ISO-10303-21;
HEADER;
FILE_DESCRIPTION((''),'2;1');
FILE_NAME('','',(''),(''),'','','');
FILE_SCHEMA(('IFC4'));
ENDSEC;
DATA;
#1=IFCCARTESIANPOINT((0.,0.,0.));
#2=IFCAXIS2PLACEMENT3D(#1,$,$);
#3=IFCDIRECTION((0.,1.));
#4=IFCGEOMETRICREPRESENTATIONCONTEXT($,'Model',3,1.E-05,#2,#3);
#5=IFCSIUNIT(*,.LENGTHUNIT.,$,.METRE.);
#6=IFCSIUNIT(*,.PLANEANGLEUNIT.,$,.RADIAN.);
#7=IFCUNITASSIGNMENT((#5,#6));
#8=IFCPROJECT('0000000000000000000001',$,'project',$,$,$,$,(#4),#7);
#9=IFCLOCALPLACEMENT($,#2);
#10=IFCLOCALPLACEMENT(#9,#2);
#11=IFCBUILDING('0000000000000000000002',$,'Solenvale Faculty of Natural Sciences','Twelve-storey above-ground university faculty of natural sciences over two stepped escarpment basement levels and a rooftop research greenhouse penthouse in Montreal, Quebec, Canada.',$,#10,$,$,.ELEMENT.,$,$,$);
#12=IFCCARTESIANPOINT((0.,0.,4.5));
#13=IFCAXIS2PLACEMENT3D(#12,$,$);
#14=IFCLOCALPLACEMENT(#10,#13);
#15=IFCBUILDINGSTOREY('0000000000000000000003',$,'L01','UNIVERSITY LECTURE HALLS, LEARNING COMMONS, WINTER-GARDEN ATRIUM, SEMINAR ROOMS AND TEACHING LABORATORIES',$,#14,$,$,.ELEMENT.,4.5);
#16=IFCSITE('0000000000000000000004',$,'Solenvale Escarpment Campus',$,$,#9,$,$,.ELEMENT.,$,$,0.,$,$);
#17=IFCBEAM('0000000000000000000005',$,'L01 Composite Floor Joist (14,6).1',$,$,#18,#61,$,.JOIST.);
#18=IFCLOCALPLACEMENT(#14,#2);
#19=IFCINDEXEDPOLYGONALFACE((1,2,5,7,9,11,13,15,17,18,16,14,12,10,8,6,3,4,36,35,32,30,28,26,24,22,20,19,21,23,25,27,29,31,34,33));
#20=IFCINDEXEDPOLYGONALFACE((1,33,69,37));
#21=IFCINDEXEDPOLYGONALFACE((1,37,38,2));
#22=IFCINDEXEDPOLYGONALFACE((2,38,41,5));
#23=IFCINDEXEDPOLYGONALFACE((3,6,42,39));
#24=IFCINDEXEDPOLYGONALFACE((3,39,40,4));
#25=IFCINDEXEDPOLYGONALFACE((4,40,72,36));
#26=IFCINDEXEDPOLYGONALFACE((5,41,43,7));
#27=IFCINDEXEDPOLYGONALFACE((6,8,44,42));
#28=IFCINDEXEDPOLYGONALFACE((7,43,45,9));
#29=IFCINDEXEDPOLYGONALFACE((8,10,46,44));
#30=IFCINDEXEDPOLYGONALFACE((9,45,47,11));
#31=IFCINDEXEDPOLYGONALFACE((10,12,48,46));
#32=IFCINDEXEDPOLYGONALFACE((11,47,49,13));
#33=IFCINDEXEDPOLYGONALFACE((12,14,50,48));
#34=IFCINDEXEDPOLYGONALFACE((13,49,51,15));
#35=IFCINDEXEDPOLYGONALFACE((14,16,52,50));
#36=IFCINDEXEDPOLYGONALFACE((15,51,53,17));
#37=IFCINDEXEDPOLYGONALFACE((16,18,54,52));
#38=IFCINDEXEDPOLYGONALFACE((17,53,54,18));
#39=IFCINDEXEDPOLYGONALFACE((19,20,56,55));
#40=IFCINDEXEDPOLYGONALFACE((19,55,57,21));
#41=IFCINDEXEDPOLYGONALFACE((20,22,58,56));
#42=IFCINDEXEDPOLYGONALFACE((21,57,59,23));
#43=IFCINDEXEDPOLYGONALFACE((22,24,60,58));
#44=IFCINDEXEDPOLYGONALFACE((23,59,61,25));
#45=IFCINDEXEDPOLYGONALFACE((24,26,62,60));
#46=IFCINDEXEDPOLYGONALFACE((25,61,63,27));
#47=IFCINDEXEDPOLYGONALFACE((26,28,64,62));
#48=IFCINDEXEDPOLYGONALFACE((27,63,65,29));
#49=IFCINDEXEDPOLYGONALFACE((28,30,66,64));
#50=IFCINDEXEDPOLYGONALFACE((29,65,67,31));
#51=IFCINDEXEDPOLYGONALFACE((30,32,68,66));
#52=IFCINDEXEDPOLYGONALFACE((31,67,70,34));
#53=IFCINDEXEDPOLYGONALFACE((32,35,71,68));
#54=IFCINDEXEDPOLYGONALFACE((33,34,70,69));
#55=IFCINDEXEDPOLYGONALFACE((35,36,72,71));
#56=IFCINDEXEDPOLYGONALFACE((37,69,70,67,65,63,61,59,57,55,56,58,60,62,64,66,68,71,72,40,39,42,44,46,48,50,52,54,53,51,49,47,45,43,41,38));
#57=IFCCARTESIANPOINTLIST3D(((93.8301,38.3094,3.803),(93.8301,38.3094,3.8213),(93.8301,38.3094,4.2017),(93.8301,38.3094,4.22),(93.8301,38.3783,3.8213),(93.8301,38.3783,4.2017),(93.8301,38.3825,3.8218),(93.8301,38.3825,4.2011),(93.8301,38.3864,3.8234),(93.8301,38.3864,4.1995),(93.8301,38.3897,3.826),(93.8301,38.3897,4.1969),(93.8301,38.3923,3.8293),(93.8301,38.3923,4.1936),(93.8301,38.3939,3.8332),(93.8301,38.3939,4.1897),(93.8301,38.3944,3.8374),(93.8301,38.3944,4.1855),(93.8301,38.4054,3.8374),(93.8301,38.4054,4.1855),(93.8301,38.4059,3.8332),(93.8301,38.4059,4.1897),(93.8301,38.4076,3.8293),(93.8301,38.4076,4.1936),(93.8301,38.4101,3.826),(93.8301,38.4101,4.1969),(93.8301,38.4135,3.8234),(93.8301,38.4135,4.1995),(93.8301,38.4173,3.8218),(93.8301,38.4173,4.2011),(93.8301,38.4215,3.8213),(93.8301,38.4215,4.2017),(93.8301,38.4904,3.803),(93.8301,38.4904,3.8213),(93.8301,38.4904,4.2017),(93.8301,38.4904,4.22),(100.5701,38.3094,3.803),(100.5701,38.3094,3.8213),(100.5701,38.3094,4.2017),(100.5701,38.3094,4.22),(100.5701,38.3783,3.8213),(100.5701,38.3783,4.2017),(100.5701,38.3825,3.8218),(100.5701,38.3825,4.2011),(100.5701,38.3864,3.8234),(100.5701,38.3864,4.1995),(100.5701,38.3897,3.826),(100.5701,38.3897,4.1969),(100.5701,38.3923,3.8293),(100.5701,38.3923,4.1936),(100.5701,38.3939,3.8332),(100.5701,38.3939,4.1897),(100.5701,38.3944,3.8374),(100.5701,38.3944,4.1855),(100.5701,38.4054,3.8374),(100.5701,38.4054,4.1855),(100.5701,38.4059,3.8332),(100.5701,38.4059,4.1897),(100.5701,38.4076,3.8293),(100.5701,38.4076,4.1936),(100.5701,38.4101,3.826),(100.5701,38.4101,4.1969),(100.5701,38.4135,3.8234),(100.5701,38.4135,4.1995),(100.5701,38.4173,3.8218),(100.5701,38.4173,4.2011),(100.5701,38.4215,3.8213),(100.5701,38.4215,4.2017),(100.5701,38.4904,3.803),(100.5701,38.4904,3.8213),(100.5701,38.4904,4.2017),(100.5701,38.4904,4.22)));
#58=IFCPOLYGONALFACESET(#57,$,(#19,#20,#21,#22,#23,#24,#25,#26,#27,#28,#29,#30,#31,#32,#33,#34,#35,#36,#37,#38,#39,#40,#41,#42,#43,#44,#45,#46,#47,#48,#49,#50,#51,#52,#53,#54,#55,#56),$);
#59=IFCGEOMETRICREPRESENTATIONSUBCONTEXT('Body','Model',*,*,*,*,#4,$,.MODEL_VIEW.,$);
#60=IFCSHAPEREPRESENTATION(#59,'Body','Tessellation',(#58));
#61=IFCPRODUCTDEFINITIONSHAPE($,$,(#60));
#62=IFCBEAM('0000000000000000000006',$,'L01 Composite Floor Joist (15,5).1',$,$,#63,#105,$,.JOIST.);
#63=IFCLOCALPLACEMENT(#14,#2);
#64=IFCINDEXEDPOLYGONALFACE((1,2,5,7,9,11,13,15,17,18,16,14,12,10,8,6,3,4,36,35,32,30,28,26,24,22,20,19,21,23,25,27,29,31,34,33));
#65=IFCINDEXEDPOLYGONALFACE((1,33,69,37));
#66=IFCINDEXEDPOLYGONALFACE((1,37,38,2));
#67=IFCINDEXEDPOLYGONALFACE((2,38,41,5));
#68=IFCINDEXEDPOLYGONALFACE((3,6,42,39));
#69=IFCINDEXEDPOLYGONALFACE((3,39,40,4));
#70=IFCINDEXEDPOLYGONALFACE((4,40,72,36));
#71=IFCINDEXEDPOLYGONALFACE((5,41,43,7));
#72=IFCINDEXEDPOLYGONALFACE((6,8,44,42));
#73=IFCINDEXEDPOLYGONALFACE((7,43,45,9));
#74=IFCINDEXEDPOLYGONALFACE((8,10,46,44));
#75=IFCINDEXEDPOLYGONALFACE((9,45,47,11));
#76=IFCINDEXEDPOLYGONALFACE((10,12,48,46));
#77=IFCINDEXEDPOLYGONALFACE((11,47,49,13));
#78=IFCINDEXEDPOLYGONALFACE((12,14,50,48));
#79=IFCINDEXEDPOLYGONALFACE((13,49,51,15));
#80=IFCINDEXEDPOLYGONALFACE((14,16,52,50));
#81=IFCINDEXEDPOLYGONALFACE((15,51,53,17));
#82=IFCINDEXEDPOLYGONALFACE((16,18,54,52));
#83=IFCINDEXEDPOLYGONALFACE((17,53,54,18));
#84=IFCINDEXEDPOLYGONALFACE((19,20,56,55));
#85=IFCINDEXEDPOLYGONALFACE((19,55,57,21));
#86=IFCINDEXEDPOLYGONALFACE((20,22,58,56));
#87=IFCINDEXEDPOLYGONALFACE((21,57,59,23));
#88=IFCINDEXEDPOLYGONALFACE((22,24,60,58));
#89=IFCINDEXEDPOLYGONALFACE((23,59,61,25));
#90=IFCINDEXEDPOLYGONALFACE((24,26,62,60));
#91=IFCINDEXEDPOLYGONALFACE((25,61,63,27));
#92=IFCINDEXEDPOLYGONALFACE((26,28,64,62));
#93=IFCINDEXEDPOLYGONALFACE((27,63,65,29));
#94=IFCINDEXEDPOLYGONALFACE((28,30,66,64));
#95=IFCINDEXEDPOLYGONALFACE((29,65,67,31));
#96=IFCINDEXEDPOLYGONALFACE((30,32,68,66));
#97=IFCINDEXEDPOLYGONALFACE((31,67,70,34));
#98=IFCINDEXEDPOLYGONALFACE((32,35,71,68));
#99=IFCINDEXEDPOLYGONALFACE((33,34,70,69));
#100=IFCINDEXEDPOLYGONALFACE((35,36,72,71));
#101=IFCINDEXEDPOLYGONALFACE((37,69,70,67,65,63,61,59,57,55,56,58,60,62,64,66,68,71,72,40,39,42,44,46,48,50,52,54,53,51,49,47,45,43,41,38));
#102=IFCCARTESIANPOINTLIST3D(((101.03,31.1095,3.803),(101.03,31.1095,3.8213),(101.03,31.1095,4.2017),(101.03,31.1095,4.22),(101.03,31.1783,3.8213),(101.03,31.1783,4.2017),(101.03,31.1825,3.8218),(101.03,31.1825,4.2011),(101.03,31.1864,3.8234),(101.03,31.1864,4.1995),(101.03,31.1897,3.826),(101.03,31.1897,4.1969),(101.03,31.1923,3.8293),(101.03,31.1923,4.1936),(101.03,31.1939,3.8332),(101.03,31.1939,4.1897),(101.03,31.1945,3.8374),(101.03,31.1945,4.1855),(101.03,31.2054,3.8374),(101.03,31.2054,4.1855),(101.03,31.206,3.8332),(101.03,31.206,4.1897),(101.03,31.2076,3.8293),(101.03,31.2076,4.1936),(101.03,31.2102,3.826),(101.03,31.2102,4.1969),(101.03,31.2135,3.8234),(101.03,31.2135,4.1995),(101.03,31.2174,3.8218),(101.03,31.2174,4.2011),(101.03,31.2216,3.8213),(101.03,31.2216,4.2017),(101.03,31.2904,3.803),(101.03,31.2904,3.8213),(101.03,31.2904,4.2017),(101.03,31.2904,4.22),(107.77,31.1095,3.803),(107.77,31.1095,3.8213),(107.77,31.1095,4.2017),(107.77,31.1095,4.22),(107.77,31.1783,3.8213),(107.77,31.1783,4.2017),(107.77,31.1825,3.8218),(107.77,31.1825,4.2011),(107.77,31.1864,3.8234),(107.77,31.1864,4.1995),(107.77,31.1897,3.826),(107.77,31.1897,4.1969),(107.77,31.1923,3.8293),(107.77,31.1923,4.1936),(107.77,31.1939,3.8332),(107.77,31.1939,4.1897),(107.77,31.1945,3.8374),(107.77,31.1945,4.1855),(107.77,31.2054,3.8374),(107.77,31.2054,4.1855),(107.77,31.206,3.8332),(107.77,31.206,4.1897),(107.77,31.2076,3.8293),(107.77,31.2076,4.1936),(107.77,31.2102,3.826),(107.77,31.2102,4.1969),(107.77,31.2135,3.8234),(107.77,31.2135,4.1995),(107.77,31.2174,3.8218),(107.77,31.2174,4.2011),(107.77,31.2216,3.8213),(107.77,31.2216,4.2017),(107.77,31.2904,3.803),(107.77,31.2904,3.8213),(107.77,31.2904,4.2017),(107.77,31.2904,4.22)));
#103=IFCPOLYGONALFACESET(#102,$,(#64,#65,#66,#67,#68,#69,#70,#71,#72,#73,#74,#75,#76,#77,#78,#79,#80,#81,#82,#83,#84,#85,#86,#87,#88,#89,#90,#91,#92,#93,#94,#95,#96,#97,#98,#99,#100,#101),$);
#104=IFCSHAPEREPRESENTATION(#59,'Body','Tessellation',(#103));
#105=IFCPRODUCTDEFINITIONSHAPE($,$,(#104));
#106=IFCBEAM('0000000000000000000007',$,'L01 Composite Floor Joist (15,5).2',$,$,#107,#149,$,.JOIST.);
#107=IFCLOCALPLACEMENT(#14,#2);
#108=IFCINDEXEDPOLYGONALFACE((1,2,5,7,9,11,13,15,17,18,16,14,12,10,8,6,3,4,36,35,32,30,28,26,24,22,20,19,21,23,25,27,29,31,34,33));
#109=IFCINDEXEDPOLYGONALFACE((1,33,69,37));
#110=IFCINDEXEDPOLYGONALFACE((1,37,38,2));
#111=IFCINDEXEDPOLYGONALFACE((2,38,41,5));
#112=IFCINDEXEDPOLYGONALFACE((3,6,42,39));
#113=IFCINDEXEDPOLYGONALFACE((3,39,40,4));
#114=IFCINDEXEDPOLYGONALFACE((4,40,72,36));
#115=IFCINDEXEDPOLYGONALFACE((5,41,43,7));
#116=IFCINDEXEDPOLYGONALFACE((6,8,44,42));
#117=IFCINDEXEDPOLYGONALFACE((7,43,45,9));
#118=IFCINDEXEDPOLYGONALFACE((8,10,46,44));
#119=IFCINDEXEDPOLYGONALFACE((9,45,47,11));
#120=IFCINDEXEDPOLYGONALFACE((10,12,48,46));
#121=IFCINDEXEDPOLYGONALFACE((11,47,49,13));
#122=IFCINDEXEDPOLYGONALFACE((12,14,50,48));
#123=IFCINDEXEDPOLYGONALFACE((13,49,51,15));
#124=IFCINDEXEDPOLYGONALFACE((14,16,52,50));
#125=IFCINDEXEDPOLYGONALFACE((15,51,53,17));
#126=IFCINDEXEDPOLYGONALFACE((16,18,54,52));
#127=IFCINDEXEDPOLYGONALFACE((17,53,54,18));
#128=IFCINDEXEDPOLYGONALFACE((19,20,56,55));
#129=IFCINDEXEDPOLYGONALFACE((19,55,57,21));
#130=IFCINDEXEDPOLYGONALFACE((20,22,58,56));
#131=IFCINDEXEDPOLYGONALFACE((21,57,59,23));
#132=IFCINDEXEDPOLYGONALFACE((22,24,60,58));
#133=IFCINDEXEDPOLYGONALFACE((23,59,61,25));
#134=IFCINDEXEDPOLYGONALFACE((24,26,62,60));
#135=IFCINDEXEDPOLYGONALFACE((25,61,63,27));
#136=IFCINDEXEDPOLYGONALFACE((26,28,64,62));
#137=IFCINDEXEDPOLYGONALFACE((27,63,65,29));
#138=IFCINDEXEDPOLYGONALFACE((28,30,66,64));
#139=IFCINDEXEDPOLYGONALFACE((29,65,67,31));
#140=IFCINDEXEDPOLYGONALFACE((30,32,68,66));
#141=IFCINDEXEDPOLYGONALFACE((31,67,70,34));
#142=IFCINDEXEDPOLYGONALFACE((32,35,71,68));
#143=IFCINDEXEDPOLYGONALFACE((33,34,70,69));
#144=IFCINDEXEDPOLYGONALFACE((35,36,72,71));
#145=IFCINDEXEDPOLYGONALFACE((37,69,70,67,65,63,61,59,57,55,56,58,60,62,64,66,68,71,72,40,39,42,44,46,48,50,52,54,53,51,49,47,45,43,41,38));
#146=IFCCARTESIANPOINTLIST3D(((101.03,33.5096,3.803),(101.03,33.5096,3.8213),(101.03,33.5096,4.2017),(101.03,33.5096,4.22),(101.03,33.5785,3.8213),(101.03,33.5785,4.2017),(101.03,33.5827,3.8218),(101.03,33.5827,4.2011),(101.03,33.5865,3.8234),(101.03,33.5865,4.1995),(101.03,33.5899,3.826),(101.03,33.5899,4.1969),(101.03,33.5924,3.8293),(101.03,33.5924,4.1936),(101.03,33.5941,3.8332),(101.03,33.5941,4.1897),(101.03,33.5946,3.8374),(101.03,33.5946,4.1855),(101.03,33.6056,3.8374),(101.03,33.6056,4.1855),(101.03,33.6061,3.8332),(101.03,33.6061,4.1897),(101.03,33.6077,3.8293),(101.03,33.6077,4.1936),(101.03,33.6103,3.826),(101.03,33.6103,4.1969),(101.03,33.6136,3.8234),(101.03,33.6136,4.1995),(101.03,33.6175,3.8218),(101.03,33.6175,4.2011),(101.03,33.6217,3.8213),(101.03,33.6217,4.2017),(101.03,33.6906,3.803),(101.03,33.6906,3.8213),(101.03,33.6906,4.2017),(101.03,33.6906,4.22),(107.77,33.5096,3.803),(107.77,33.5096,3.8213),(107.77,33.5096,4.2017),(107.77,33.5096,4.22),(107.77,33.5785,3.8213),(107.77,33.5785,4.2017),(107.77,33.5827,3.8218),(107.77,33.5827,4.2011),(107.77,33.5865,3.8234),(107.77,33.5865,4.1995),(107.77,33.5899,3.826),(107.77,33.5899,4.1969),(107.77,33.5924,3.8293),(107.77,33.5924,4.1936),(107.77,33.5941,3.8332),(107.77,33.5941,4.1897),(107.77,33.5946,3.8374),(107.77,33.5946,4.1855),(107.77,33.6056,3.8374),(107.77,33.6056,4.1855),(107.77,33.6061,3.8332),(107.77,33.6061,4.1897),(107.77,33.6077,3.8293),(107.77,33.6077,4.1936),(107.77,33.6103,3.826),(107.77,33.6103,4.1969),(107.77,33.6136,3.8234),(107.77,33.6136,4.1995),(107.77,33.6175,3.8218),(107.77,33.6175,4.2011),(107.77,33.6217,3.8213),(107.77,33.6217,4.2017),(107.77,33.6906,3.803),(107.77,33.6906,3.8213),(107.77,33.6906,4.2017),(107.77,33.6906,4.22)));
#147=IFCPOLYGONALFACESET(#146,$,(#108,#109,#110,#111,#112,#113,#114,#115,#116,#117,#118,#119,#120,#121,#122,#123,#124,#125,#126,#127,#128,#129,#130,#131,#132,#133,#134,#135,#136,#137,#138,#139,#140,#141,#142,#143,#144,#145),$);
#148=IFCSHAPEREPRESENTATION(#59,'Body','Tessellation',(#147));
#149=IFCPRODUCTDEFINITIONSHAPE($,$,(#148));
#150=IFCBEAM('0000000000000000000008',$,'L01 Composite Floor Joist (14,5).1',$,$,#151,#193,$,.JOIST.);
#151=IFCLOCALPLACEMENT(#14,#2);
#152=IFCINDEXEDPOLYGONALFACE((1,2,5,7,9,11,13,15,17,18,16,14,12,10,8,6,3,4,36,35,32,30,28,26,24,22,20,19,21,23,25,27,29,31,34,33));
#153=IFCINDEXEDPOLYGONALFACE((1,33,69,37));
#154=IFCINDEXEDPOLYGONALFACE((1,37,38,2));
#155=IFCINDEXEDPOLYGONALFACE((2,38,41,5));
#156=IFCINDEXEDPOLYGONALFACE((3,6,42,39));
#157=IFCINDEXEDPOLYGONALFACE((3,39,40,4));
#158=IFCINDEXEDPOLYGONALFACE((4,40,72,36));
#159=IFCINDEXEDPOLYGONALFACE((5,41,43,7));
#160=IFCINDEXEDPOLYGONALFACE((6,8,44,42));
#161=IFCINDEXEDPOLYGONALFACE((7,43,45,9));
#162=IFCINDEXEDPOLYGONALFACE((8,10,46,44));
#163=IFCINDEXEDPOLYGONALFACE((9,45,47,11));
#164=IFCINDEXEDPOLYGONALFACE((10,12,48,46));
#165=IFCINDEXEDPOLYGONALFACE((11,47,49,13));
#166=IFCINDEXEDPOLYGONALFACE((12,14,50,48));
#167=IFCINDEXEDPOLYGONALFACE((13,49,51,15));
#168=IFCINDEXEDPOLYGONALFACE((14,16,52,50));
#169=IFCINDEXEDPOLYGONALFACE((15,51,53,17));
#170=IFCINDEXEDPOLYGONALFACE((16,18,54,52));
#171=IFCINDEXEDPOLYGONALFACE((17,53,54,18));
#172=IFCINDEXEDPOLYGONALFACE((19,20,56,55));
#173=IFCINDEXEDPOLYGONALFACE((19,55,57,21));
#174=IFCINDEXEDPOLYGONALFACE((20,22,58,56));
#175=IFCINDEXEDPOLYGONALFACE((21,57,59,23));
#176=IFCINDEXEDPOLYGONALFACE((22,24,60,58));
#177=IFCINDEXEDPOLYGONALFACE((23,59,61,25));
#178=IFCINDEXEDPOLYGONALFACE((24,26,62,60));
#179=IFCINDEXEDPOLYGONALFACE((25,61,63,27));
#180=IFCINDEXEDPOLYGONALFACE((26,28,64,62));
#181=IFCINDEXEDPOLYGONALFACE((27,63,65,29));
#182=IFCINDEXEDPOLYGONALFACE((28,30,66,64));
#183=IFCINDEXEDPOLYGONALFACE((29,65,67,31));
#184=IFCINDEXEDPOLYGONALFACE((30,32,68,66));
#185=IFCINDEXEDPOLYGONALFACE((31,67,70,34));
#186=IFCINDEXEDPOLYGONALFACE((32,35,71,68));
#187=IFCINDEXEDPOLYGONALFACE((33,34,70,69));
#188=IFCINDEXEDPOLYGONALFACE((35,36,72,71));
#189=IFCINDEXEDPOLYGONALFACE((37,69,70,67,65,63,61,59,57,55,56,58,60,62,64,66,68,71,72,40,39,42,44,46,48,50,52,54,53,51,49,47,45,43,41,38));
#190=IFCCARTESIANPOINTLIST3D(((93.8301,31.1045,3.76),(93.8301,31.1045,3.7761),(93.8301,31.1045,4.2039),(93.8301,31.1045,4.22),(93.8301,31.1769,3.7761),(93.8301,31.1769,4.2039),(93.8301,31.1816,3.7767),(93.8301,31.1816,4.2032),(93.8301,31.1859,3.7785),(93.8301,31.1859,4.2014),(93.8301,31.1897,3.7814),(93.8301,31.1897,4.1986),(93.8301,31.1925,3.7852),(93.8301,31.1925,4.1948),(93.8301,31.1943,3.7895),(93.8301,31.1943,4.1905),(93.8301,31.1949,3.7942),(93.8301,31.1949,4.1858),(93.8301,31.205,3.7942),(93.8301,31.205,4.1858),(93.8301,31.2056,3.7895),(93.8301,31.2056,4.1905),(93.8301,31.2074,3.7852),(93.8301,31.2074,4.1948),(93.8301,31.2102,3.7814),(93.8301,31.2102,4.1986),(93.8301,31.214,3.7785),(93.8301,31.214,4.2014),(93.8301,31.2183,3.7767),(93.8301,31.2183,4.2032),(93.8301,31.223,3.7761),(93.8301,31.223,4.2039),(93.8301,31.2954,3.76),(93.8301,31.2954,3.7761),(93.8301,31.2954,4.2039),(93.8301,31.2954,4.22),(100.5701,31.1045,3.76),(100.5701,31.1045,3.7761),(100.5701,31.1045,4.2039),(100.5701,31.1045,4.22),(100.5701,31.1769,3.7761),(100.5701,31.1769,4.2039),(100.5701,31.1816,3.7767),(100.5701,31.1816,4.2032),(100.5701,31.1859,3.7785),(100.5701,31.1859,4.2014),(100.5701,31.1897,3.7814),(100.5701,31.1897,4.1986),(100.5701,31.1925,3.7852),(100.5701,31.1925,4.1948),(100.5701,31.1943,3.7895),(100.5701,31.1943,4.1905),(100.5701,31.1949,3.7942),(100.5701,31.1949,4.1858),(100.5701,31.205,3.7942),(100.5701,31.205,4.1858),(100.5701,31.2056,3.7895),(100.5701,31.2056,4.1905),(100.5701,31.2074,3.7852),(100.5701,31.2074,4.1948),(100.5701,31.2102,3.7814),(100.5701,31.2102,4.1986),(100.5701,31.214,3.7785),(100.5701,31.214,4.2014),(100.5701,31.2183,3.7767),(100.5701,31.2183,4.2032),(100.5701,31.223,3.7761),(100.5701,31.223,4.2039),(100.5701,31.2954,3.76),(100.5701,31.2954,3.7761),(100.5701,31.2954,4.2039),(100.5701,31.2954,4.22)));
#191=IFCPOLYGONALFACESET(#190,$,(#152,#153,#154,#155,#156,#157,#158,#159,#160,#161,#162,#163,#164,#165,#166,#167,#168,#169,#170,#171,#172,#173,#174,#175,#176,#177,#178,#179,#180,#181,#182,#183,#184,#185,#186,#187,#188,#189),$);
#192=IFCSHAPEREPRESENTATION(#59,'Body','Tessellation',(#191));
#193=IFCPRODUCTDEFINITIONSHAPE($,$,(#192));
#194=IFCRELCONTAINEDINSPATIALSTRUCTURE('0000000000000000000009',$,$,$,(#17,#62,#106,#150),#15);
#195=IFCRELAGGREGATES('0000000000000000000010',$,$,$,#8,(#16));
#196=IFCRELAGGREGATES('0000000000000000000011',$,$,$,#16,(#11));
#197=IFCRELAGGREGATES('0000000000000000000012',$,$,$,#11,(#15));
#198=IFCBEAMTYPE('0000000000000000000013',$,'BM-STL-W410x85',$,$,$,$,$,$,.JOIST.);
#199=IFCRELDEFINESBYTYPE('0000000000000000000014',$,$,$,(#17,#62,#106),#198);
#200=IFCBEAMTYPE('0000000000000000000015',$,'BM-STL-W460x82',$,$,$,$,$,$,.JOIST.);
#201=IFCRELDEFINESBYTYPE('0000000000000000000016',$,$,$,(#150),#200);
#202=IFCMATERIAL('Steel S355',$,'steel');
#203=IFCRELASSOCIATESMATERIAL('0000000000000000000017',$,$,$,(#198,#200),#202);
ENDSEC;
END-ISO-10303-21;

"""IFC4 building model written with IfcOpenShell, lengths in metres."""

from ifc_helpers import new_model, si_unit, direction, frame, origin, origin_2d, place, context, subcontext, project, spatial, i_section, extrude, material, material_profile, profile_set, type_object, element, save


model = new_model("IFC4")

# Units and contexts
model_context = context("Model", 3, precision=1e-05, world=origin(), true_north=direction((0.0, 1.0)))
body_context = subcontext(model_context, "Body", "Model", "MODEL_VIEW")
ifc_project = project(units=[si_unit("LENGTHUNIT", "METRE"), si_unit("PLANEANGLEUNIT", "RADIAN")], contexts=[model_context])

# Site, building, storey
site_placement = place(None, origin())
site = spatial("IfcSite", under=ifc_project, at=site_placement, Name="Solenvale Escarpment Campus", CompositionType="ELEMENT", RefElevation=0.0)
building_placement = place(site_placement, origin())
building = spatial("IfcBuilding", under=site, at=building_placement, Name="Solenvale Faculty of Natural Sciences", Description="Twelve-storey above-ground university faculty of natural sciences over two stepped escarpment basement levels and a rooftop research greenhouse penthouse in Montreal, Quebec, Canada.", CompositionType="ELEMENT")
storey_placement = place(building_placement, frame((0.0, 0.0, 4.5)))
storey = spatial("IfcBuildingStorey", under=building, at=storey_placement, Name="L01", Description="UNIVERSITY LECTURE HALLS, LEARNING COMMONS, WINTER-GARDEN ATRIUM, SEMINAR ROOMS AND TEACHING LABORATORIES", CompositionType="ELEMENT", Elevation=4.5)

# Beams
ifc_material_1 = material(Name="Steel S355", Category="steel")
ifc_material_profile_1 = material_profile(ifc_material_1, i_section(OverallWidth=0.1809, OverallDepth=0.417, WebThickness=0.011, FlangeThickness=0.0183, FilletRadius=0.0161, at=origin_2d()), Name="W410x85")
ifc_profile_set_1 = profile_set([ifc_material_profile_1], Name="Steel S355")
beam_type_1 = type_object("IfcBeamType", Name="BM-STL-W410x85", PredefinedType="JOIST", material=ifc_profile_set_1)
for number, where, z_axis, x_axis, name in (
    (1, (93.8301, 38.3999, 4.0115), (1.0, 0.0, 0.0), (0.0, 1.0, 0.0), "L01 Composite Floor Joist (14,6).1"),
    (2, (101.03, 31.2, 4.0115), (1.0, 0.0, 0.0), (0.0, 1.0, 0.0), "L01 Composite Floor Joist (15,5).1"),
    (3, (101.03, 33.6001, 4.0115), (1.0, 0.0, 0.0), (0.0, 1.0, 0.0), "L01 Composite Floor Joist (15,5).2"),
):
    element("IfcBeam", number, at=place(storey_placement, frame(where, z_axis=z_axis, x_axis=x_axis)), inside=storey, type_object=beam_type_1, Name=name, PredefinedType="JOIST", context=body_context, shape_type="SweptSolid", body=[
        extrude(i_section(OverallWidth=0.1809, OverallDepth=0.417, WebThickness=0.011, FlangeThickness=0.0183, FilletRadius=0.0161, at=origin_2d()), origin(), (0.0, 0.0, 1.0), 6.74),
    ])
ifc_material_profile_2 = material_profile(ifc_material_1, i_section(OverallWidth=0.1909, OverallDepth=0.46, WebThickness=0.01, FlangeThickness=0.0161, FilletRadius=0.0181, at=origin_2d()), Name="W460x82")
ifc_profile_set_2 = profile_set([ifc_material_profile_2], Name="Steel S355")
beam_type_2 = type_object("IfcBeamType", Name="BM-STL-W460x82", PredefinedType="JOIST", material=ifc_profile_set_2)
for number, where, z_axis, x_axis, name in (
    (4, (93.8301, 31.2, 3.99), (1.0, 0.0, 0.0), (0.0, 1.0, 0.0), "L01 Composite Floor Joist (14,5).1"),
):
    element("IfcBeam", number, at=place(storey_placement, frame(where, z_axis=z_axis, x_axis=x_axis)), inside=storey, type_object=beam_type_2, Name=name, PredefinedType="JOIST", context=body_context, shape_type="SweptSolid", body=[
        extrude(i_section(OverallWidth=0.1909, OverallDepth=0.46, WebThickness=0.01, FlangeThickness=0.0161, FilletRadius=0.0181, at=origin_2d()), origin(), (0.0, 0.0, 1.0), 6.74),
    ])

save(model, "model.ifc")
